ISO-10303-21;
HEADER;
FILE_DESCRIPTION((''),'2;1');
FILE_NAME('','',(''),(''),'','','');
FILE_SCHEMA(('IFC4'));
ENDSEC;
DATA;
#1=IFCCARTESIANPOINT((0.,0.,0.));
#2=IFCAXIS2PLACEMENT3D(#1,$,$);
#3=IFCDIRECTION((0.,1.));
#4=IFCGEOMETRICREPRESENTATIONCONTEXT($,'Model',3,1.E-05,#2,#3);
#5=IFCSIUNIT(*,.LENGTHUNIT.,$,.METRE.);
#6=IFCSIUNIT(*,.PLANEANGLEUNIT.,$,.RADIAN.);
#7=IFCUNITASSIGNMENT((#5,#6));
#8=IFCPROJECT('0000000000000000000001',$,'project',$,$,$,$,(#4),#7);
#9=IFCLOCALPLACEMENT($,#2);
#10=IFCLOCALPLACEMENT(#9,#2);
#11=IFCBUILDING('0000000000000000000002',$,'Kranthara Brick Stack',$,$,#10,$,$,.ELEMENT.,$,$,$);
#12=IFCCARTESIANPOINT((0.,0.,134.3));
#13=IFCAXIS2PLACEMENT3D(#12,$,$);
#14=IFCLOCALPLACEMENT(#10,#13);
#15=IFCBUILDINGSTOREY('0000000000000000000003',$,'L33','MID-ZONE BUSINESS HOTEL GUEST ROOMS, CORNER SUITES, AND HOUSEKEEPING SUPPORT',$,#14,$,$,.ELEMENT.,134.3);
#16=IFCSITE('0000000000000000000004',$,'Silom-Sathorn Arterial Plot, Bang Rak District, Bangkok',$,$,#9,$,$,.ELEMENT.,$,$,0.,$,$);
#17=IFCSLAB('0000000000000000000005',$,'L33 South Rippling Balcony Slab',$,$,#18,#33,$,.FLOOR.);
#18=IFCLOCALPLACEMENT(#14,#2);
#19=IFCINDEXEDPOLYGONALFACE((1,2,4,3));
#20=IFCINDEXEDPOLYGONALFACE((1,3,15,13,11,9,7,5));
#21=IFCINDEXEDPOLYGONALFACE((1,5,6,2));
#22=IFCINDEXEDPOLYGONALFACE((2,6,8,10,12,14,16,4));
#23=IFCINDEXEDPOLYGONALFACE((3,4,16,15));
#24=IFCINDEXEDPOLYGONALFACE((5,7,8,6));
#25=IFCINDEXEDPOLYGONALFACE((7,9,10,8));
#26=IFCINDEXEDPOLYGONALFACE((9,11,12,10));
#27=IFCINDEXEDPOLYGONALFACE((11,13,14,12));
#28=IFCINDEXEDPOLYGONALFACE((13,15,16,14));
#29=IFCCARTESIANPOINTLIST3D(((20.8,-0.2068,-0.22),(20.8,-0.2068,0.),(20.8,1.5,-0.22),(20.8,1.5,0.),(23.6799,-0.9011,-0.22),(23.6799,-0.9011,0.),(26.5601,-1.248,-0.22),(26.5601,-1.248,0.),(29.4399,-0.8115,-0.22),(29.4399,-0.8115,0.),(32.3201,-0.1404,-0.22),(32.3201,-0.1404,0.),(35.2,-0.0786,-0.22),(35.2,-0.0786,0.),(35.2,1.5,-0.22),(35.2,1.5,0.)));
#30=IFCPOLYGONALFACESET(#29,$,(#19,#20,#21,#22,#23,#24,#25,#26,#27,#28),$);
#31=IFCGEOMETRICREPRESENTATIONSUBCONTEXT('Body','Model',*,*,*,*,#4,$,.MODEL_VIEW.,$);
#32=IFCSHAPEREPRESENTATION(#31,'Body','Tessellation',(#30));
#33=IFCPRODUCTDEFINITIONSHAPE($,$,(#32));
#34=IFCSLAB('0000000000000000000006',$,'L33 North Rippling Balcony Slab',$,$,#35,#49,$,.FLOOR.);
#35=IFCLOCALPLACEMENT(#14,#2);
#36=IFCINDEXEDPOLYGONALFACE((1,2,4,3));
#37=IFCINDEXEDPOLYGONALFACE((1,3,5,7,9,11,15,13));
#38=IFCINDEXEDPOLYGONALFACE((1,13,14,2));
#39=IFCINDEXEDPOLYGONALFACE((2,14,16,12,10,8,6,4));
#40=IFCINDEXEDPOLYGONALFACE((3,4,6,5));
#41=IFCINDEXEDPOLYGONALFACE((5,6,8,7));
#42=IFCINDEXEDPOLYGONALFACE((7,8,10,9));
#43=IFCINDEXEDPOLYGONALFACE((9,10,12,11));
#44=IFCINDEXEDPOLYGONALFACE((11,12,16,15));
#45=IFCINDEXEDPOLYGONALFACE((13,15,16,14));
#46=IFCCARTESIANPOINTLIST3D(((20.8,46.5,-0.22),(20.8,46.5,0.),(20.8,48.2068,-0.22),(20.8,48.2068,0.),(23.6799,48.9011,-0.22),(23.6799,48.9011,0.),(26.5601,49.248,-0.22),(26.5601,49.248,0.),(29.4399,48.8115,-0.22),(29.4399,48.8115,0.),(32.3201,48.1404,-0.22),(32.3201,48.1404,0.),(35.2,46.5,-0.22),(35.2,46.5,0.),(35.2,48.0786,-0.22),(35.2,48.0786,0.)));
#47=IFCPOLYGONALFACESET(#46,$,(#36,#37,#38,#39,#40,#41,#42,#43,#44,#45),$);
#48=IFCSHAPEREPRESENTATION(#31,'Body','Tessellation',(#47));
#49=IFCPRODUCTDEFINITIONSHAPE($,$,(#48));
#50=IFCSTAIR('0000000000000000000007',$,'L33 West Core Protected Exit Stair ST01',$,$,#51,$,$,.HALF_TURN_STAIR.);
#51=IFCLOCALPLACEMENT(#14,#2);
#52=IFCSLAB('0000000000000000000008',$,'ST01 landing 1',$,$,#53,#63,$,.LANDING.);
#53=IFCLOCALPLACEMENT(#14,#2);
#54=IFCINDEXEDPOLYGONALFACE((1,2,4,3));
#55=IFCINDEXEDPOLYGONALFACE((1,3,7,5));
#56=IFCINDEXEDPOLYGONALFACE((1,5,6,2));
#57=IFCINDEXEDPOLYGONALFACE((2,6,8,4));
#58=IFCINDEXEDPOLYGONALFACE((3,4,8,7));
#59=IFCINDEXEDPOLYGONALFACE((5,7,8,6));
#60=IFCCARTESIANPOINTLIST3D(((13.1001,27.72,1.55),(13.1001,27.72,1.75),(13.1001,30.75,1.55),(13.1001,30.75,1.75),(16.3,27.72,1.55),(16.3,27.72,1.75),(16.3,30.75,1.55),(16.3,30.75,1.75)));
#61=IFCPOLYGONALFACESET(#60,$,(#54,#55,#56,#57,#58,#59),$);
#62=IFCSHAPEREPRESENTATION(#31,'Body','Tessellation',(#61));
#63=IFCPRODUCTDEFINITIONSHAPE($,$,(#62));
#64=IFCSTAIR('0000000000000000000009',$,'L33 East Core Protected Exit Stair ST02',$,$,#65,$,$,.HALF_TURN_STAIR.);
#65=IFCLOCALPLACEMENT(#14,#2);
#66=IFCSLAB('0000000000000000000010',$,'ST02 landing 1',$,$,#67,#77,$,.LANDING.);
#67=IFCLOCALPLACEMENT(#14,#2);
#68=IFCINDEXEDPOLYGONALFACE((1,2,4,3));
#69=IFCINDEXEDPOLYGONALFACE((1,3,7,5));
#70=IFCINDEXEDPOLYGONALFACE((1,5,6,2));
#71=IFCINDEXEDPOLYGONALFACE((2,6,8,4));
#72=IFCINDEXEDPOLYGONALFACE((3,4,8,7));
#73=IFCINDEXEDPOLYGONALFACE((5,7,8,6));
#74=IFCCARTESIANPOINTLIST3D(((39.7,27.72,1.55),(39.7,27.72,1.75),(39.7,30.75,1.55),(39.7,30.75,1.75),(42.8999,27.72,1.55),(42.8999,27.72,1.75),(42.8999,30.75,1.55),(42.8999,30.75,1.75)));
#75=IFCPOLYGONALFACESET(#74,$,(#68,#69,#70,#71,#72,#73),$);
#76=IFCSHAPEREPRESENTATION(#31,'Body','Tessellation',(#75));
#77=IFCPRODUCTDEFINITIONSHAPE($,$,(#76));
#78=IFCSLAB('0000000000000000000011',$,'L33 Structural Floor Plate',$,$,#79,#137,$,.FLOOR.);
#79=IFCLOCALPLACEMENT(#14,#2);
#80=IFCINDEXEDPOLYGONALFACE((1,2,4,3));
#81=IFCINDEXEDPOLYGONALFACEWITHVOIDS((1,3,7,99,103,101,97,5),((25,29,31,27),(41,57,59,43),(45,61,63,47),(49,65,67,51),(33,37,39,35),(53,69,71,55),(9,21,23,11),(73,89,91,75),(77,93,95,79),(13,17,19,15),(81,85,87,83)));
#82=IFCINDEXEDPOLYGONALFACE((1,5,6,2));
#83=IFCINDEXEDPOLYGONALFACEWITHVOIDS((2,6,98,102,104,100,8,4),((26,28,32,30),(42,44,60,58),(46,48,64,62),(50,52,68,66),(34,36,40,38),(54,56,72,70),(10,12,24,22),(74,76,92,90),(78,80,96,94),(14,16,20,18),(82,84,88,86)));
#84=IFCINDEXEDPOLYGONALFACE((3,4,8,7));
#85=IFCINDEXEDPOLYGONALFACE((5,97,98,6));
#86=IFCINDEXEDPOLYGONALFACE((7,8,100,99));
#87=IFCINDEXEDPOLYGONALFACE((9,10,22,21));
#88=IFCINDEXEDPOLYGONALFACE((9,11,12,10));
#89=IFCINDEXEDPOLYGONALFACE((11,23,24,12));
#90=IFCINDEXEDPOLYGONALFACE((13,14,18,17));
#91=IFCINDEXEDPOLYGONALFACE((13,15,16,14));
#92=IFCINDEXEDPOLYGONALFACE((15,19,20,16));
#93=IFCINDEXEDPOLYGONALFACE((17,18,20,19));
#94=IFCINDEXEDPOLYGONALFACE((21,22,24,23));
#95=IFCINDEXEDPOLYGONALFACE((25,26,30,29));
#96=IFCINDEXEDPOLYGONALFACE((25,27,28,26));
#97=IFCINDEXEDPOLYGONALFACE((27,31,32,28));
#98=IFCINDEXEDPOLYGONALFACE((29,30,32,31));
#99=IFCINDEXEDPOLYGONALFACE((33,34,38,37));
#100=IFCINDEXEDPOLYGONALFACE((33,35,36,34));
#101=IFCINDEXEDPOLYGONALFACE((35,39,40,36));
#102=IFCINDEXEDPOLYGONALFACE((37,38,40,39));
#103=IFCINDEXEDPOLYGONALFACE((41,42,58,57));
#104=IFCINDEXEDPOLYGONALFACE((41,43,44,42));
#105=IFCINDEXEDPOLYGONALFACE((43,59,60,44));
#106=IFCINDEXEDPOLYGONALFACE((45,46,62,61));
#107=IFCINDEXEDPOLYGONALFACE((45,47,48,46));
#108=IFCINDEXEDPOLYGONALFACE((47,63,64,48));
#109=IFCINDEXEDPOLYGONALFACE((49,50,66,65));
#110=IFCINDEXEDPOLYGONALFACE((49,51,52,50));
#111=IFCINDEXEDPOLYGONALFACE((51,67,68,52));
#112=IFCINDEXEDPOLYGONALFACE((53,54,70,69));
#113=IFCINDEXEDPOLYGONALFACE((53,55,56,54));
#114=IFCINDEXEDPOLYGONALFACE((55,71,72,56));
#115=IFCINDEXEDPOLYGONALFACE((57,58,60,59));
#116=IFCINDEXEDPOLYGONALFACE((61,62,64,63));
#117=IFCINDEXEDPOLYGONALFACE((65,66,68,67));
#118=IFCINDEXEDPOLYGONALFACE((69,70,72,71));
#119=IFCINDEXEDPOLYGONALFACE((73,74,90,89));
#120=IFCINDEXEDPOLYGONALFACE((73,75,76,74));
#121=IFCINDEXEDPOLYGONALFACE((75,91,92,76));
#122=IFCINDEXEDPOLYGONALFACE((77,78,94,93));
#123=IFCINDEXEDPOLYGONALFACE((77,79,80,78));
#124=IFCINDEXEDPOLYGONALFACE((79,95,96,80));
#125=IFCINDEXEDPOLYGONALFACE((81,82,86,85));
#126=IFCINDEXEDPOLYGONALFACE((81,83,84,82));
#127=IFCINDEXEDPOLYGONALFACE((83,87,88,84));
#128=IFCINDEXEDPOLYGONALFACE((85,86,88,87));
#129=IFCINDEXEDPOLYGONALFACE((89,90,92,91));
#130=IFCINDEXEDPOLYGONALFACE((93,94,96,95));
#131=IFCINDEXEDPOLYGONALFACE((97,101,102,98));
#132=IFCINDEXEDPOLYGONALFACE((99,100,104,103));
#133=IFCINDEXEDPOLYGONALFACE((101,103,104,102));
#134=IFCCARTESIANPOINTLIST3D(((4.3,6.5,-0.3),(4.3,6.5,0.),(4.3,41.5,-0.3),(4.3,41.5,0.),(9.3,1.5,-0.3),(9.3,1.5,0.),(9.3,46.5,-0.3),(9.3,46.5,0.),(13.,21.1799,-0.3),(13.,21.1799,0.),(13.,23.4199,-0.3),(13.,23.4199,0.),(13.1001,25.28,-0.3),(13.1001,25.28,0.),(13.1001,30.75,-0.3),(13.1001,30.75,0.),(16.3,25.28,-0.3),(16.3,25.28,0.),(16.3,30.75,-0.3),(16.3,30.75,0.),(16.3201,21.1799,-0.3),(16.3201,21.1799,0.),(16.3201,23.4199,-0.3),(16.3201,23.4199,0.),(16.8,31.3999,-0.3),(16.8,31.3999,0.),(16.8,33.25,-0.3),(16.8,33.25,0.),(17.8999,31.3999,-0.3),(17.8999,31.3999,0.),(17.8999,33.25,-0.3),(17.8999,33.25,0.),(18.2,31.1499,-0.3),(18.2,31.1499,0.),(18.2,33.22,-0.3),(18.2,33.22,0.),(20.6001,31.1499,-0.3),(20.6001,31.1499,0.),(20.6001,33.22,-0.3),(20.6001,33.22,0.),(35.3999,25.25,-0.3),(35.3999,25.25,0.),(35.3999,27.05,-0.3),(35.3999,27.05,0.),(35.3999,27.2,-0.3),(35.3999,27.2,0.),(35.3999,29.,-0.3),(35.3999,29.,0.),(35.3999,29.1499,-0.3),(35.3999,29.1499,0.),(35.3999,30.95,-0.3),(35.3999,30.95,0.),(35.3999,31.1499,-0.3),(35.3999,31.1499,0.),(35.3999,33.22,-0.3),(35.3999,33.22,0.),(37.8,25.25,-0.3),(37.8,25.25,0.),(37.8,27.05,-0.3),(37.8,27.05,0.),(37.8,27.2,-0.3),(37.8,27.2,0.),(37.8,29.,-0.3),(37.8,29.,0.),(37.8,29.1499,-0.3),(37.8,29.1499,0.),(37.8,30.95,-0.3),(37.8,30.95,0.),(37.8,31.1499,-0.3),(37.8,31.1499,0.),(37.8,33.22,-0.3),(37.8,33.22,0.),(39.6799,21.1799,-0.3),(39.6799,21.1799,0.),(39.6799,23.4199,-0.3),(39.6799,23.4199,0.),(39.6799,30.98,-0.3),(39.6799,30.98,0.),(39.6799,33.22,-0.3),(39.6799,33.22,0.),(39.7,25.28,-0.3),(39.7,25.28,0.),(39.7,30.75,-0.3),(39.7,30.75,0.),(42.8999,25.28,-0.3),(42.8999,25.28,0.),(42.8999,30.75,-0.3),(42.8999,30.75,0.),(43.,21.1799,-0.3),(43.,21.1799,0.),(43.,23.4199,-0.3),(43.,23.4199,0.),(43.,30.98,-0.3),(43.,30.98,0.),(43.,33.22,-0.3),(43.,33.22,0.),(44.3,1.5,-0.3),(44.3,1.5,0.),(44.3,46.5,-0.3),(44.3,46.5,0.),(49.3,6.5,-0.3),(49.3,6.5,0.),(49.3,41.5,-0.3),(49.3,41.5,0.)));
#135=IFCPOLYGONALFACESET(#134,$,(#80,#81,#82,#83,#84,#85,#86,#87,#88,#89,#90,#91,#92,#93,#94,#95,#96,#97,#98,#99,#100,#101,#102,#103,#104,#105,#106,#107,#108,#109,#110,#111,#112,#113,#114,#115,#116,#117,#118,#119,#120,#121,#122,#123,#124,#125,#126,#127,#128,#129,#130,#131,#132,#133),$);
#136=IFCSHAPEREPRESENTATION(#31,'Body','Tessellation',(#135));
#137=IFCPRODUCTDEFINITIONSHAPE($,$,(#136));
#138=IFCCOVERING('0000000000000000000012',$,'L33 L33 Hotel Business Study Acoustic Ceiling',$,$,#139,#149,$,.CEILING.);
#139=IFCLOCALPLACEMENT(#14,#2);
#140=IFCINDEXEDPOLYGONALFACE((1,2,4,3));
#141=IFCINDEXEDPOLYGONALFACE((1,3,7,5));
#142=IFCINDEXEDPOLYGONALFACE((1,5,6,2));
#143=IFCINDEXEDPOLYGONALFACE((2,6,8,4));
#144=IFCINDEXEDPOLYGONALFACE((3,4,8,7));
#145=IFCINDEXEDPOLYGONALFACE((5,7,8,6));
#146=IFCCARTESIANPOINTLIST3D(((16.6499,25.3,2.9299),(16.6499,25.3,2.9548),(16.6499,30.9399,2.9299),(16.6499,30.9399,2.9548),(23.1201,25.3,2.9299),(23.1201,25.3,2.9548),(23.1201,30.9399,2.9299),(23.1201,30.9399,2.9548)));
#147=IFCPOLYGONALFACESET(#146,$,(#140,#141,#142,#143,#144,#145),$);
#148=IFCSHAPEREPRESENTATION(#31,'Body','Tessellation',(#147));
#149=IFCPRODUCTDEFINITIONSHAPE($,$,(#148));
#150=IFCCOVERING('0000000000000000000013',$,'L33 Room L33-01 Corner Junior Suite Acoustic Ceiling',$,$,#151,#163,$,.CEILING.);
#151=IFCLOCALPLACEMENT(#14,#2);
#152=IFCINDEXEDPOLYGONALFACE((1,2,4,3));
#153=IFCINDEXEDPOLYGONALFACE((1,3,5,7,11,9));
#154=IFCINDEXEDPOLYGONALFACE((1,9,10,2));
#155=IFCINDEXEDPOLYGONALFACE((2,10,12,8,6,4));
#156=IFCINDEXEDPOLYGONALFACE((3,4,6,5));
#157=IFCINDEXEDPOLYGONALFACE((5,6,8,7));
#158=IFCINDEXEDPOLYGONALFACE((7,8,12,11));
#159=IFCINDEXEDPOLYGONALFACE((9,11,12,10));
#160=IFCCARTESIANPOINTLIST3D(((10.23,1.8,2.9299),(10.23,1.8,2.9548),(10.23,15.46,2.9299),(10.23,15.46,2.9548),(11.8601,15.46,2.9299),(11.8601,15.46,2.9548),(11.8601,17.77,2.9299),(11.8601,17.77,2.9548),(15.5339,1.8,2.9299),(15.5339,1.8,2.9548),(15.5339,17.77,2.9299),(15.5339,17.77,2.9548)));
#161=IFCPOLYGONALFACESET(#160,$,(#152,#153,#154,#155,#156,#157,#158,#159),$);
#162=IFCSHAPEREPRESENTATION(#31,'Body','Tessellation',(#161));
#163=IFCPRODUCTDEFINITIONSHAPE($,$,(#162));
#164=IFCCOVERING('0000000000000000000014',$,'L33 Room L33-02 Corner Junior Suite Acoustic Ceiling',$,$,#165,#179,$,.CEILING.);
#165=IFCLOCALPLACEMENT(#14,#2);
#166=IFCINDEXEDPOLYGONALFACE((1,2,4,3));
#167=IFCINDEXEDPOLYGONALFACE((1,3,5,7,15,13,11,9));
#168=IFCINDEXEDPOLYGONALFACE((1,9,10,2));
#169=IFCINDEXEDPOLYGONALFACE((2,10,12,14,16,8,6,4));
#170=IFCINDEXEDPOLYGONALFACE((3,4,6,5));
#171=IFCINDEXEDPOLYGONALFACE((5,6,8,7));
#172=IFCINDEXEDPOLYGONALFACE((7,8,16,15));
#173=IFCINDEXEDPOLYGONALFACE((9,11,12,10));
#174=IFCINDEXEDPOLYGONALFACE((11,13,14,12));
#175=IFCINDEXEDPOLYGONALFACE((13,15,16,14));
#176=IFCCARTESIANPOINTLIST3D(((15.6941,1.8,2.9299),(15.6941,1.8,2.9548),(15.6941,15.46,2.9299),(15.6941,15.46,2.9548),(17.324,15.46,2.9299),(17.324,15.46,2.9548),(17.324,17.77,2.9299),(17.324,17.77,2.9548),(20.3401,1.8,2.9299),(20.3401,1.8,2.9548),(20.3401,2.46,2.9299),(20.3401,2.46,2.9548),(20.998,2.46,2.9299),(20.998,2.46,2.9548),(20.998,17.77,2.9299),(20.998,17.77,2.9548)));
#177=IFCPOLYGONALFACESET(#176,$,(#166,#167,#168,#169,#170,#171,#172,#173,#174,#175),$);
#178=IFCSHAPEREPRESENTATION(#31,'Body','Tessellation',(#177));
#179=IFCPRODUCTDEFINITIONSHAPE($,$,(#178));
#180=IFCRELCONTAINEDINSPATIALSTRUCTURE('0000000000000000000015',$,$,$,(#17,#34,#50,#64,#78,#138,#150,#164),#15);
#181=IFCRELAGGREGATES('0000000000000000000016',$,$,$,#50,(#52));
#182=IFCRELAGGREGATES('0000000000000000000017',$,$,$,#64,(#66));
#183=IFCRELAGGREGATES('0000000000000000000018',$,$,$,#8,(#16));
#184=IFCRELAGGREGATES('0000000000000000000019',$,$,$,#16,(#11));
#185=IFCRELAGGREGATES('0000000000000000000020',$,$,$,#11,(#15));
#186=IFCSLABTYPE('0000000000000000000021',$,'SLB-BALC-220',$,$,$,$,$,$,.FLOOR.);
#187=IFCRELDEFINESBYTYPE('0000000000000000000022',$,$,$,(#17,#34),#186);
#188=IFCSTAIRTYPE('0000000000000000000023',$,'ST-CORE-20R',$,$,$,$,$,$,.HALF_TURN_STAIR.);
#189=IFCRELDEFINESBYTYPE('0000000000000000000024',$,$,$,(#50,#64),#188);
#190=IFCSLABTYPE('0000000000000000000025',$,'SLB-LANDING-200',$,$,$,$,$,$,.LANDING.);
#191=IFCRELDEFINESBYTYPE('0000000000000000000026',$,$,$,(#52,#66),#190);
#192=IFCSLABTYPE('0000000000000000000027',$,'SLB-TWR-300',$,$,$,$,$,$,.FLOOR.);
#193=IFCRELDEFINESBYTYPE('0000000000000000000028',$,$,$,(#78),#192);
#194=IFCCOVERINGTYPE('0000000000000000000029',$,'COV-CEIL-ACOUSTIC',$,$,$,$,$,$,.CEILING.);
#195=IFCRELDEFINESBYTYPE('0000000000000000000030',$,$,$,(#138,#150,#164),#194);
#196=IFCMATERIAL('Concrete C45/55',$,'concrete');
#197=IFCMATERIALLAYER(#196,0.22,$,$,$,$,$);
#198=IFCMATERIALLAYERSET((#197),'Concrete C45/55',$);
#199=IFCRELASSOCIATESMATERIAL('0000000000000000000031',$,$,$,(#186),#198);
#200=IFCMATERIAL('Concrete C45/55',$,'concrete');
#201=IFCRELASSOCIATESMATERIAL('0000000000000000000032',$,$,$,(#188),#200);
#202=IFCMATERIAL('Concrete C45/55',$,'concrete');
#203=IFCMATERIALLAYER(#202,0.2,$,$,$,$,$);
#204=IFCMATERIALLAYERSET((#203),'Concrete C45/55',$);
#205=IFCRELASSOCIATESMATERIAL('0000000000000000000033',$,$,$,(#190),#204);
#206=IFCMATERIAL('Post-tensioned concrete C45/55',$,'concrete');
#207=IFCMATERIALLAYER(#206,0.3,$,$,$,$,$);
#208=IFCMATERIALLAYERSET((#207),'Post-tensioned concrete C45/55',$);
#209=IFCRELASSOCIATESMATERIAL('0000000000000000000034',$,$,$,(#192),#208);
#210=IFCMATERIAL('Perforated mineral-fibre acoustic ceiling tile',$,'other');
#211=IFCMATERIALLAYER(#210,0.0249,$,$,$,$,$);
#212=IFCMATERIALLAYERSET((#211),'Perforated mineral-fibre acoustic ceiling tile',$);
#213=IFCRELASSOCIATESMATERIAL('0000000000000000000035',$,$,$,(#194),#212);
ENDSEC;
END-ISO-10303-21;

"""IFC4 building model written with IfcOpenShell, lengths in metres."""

from ifc_helpers import new_model, si_unit, direction, frame, origin, place, context, subcontext, project, spatial, polyline, outline, extrude, material, layer, layer_set, type_object, element, aggregate, save


model = new_model("IFC4")

# Units and contexts
model_context = context("Model", 3, precision=1e-05, world=origin(), true_north=direction((0.0, 1.0)))
body_context = subcontext(model_context, "Body", "Model", "MODEL_VIEW")
ifc_project = project(units=[si_unit("LENGTHUNIT", "METRE"), si_unit("PLANEANGLEUNIT", "RADIAN")], contexts=[model_context])

# Site, building, storey
site_placement = place(None, origin())
site = spatial("IfcSite", under=ifc_project, at=site_placement, Name="Silom-Sathorn Arterial Plot, Bang Rak District, Bangkok", CompositionType="ELEMENT", RefElevation=0.0)
building_placement = place(site_placement, origin())
building = spatial("IfcBuilding", under=site, at=building_placement, Name="Kranthara Brick Stack", CompositionType="ELEMENT")
storey_placement = place(building_placement, frame((0.0, 0.0, 134.3)))
storey = spatial("IfcBuildingStorey", under=building, at=storey_placement, Name="L33", Description="MID-ZONE BUSINESS HOTEL GUEST ROOMS, CORNER SUITES, AND HOUSEKEEPING SUPPORT", CompositionType="ELEMENT", Elevation=134.3)

# Slabs
ifc_material_1 = material(Name="Concrete C45/55", Category="concrete")
ifc_layer_1 = layer(ifc_material_1, 0.22)
ifc_layer_set_1 = layer_set([ifc_layer_1], Name="Concrete C45/55")
slab_type_1 = type_object("IfcSlabType", Name="SLB-BALC-220", PredefinedType="FLOOR", material=ifc_layer_set_1)
slab_1_placement = place(storey_placement, frame((0.0, 0.0, -0.22)))
element("IfcSlab", 1, at=slab_1_placement, inside=storey, type_object=slab_type_1, Name="L33 South Rippling Balcony Slab", PredefinedType="FLOOR", context=body_context, shape_type="SweptSolid", body=[
    extrude(outline(polyline([(20.8, 1.5), (35.2, 1.5), (35.2, -0.0786), (32.3201, -0.1404), (29.4399, -0.8115), (26.5601, -1.248), (23.6799, -0.9011), (20.8, -0.2068), (20.8, 1.5)])), origin(), (0.0, 0.0, 1.0), 0.22),
])
slab_2_placement = place(storey_placement, frame((0.0, 0.0, -0.22)))
element("IfcSlab", 2, at=slab_2_placement, inside=storey, type_object=slab_type_1, Name="L33 North Rippling Balcony Slab", PredefinedType="FLOOR", context=body_context, shape_type="SweptSolid", body=[
    extrude(outline(polyline([(35.2, 46.5), (20.8, 46.5), (20.8, 48.2068), (23.6799, 48.9011), (26.5601, 49.248), (29.4399, 48.8115), (32.3201, 48.1404), (35.2, 48.0786), (35.2, 46.5)])), origin(), (0.0, 0.0, 1.0), 0.22),
])

# Stairs, slabs
ifc_material_2 = material(Name="Concrete C45/55", Category="concrete")
stair_type = type_object("IfcStairType", Name="ST-CORE-20R", PredefinedType="HALF_TURN_STAIR", material=ifc_material_2)
stair_1_placement = place(storey_placement, origin())
stair_1 = element("IfcStair", 3, at=stair_1_placement, inside=storey, type_object=stair_type, Name="L33 West Core Protected Exit Stair ST01", PredefinedType="HALF_TURN_STAIR")
ifc_material_3 = material(Name="Concrete C45/55", Category="concrete")
ifc_layer_2 = layer(ifc_material_3, 0.2)
ifc_layer_set_2 = layer_set([ifc_layer_2], Name="Concrete C45/55")
slab_type_2 = type_object("IfcSlabType", Name="SLB-LANDING-200", PredefinedType="LANDING", material=ifc_layer_set_2)
slab_3_placement = place(storey_placement, frame((0.0, 0.0, 1.55)))
slab_3 = element("IfcSlab", 4, at=slab_3_placement, type_object=slab_type_2, Name="ST01 landing 1", PredefinedType="LANDING", context=body_context, shape_type="SweptSolid", body=[
    extrude(outline(polyline([(16.3, 27.72), (16.3, 30.75), (13.1001, 30.75), (13.1001, 27.72), (16.3, 27.72)])), origin(), (0.0, 0.0, 1.0), 0.2),
])
aggregate(stair_1, [slab_3])
stair_2_placement = place(storey_placement, origin())
stair_2 = element("IfcStair", 5, at=stair_2_placement, inside=storey, type_object=stair_type, Name="L33 East Core Protected Exit Stair ST02", PredefinedType="HALF_TURN_STAIR")
slab_4_placement = place(storey_placement, frame((0.0, 0.0, 1.55)))
slab_4 = element("IfcSlab", 6, at=slab_4_placement, type_object=slab_type_2, Name="ST02 landing 1", PredefinedType="LANDING", context=body_context, shape_type="SweptSolid", body=[
    extrude(outline(polyline([(42.8999, 27.72), (42.8999, 30.75), (39.7, 30.75), (39.7, 27.72), (42.8999, 27.72)])), origin(), (0.0, 0.0, 1.0), 0.2),
])
aggregate(stair_2, [slab_4])

# Slab
ifc_material_4 = material(Name="Post-tensioned concrete C45/55", Category="concrete")
ifc_layer_3 = layer(ifc_material_4, 0.3)
ifc_layer_set_3 = layer_set([ifc_layer_3], Name="Post-tensioned concrete C45/55")
slab_type_3 = type_object("IfcSlabType", Name="SLB-TWR-300", PredefinedType="FLOOR", material=ifc_layer_set_3)
slab_5_placement = place(storey_placement, frame((0.0, 0.0, -0.3)))
element("IfcSlab", 7, at=slab_5_placement, inside=storey, type_object=slab_type_3, Name="L33 Structural Floor Plate", PredefinedType="FLOOR", context=body_context, shape_type="SweptSolid", body=[
    extrude(outline(polyline([(9.3, 1.5), (44.3, 1.5), (49.3, 6.5), (49.3, 41.5), (44.3, 46.5), (9.3, 46.5), (4.3, 41.5), (4.3, 6.5), (9.3, 1.5)]), holes=[polyline([(13.1001, 25.28), (16.3, 25.28), (16.3, 30.75), (13.1001, 30.75), (13.1001, 25.28)]), polyline([(39.7, 25.28), (42.8999, 25.28), (42.8999, 30.75), (39.7, 30.75), (39.7, 25.28)]), polyline([(13.0, 21.1799), (16.3201, 21.1799), (16.3201, 23.4199), (13.0, 23.4199), (13.0, 21.1799)]), polyline([(39.6799, 21.1799), (43.0, 21.1799), (43.0, 23.4199), (39.6799, 23.4199), (39.6799, 21.1799)]), polyline([(39.6799, 30.98), (43.0, 30.98), (43.0, 33.22), (39.6799, 33.22), (39.6799, 30.98)]), polyline([(35.3999, 25.25), (37.8, 25.25), (37.8, 27.05), (35.3999, 27.05), (35.3999, 25.25)]), polyline([(35.3999, 27.2), (37.8, 27.2), (37.8, 29.0), (35.3999, 29.0), (35.3999, 27.2)]), polyline([(35.3999, 29.1499), (37.8, 29.1499), (37.8, 30.95), (35.3999, 30.95), (35.3999, 29.1499)]), polyline([(18.2, 31.1499), (20.6001, 31.1499), (20.6001, 33.22), (18.2, 33.22), (18.2, 31.1499)]), polyline([(35.3999, 31.1499), (37.8, 31.1499), (37.8, 33.22), (35.3999, 33.22), (35.3999, 31.1499)]), polyline([(16.8, 31.3999), (17.8999, 31.3999), (17.8999, 33.25), (16.8, 33.25), (16.8, 31.3999)])]), origin(), (0.0, 0.0, 1.0), 0.3),
])

# Coverings
ifc_material_5 = material(Name="Perforated mineral-fibre acoustic ceiling tile", Category="other")
ifc_layer_4 = layer(ifc_material_5, 0.0249)
ifc_layer_set_4 = layer_set([ifc_layer_4], Name="Perforated mineral-fibre acoustic ceiling tile")
covering_type_1 = type_object("IfcCoveringType", Name="COV-CEIL-ACOUSTIC", PredefinedType="CEILING", material=ifc_layer_set_4)
covering_1_placement = place(storey_placement, frame((0.0, 0.0, 2.9299)))
element("IfcCovering", 8, at=covering_1_placement, inside=storey, type_object=covering_type_1, Name="L33 L33 Hotel Business Study Acoustic Ceiling", PredefinedType="CEILING", context=body_context, shape_type="SweptSolid", body=[
    extrude(outline(polyline([(23.1201, 25.3), (23.1201, 30.9399), (16.6499, 30.9399), (16.6499, 25.3), (23.1201, 25.3)])), origin(), (0.0, 0.0, 1.0), 0.0249),
])
covering_2_placement = place(storey_placement, frame((0.0, 0.0, 2.9299)))
element("IfcCovering", 9, at=covering_2_placement, inside=storey, type_object=covering_type_1, Name="L33 Room L33-01 Corner Junior Suite Acoustic Ceiling", PredefinedType="CEILING", context=body_context, shape_type="SweptSolid", body=[
    extrude(outline(polyline([(10.23, 1.8), (15.5339, 1.8), (15.5339, 17.77), (11.8601, 17.77), (11.8601, 15.46), (10.23, 15.46), (10.23, 1.8)])), origin(), (0.0, 0.0, 1.0), 0.0249),
])
covering_3_placement = place(storey_placement, frame((0.0, 0.0, 2.9299)))
element("IfcCovering", 10, at=covering_3_placement, inside=storey, type_object=covering_type_1, Name="L33 Room L33-02 Corner Junior Suite Acoustic Ceiling", PredefinedType="CEILING", context=body_context, shape_type="SweptSolid", body=[
    extrude(outline(polyline([(15.6941, 1.8), (15.6941, 15.46), (17.324, 15.46), (17.324, 17.77), (20.998, 17.77), (20.998, 2.46), (20.3401, 2.46), (20.3401, 1.8), (15.6941, 1.8)])), origin(), (0.0, 0.0, 1.0), 0.0249),
])

save(model, "model.ifc")
